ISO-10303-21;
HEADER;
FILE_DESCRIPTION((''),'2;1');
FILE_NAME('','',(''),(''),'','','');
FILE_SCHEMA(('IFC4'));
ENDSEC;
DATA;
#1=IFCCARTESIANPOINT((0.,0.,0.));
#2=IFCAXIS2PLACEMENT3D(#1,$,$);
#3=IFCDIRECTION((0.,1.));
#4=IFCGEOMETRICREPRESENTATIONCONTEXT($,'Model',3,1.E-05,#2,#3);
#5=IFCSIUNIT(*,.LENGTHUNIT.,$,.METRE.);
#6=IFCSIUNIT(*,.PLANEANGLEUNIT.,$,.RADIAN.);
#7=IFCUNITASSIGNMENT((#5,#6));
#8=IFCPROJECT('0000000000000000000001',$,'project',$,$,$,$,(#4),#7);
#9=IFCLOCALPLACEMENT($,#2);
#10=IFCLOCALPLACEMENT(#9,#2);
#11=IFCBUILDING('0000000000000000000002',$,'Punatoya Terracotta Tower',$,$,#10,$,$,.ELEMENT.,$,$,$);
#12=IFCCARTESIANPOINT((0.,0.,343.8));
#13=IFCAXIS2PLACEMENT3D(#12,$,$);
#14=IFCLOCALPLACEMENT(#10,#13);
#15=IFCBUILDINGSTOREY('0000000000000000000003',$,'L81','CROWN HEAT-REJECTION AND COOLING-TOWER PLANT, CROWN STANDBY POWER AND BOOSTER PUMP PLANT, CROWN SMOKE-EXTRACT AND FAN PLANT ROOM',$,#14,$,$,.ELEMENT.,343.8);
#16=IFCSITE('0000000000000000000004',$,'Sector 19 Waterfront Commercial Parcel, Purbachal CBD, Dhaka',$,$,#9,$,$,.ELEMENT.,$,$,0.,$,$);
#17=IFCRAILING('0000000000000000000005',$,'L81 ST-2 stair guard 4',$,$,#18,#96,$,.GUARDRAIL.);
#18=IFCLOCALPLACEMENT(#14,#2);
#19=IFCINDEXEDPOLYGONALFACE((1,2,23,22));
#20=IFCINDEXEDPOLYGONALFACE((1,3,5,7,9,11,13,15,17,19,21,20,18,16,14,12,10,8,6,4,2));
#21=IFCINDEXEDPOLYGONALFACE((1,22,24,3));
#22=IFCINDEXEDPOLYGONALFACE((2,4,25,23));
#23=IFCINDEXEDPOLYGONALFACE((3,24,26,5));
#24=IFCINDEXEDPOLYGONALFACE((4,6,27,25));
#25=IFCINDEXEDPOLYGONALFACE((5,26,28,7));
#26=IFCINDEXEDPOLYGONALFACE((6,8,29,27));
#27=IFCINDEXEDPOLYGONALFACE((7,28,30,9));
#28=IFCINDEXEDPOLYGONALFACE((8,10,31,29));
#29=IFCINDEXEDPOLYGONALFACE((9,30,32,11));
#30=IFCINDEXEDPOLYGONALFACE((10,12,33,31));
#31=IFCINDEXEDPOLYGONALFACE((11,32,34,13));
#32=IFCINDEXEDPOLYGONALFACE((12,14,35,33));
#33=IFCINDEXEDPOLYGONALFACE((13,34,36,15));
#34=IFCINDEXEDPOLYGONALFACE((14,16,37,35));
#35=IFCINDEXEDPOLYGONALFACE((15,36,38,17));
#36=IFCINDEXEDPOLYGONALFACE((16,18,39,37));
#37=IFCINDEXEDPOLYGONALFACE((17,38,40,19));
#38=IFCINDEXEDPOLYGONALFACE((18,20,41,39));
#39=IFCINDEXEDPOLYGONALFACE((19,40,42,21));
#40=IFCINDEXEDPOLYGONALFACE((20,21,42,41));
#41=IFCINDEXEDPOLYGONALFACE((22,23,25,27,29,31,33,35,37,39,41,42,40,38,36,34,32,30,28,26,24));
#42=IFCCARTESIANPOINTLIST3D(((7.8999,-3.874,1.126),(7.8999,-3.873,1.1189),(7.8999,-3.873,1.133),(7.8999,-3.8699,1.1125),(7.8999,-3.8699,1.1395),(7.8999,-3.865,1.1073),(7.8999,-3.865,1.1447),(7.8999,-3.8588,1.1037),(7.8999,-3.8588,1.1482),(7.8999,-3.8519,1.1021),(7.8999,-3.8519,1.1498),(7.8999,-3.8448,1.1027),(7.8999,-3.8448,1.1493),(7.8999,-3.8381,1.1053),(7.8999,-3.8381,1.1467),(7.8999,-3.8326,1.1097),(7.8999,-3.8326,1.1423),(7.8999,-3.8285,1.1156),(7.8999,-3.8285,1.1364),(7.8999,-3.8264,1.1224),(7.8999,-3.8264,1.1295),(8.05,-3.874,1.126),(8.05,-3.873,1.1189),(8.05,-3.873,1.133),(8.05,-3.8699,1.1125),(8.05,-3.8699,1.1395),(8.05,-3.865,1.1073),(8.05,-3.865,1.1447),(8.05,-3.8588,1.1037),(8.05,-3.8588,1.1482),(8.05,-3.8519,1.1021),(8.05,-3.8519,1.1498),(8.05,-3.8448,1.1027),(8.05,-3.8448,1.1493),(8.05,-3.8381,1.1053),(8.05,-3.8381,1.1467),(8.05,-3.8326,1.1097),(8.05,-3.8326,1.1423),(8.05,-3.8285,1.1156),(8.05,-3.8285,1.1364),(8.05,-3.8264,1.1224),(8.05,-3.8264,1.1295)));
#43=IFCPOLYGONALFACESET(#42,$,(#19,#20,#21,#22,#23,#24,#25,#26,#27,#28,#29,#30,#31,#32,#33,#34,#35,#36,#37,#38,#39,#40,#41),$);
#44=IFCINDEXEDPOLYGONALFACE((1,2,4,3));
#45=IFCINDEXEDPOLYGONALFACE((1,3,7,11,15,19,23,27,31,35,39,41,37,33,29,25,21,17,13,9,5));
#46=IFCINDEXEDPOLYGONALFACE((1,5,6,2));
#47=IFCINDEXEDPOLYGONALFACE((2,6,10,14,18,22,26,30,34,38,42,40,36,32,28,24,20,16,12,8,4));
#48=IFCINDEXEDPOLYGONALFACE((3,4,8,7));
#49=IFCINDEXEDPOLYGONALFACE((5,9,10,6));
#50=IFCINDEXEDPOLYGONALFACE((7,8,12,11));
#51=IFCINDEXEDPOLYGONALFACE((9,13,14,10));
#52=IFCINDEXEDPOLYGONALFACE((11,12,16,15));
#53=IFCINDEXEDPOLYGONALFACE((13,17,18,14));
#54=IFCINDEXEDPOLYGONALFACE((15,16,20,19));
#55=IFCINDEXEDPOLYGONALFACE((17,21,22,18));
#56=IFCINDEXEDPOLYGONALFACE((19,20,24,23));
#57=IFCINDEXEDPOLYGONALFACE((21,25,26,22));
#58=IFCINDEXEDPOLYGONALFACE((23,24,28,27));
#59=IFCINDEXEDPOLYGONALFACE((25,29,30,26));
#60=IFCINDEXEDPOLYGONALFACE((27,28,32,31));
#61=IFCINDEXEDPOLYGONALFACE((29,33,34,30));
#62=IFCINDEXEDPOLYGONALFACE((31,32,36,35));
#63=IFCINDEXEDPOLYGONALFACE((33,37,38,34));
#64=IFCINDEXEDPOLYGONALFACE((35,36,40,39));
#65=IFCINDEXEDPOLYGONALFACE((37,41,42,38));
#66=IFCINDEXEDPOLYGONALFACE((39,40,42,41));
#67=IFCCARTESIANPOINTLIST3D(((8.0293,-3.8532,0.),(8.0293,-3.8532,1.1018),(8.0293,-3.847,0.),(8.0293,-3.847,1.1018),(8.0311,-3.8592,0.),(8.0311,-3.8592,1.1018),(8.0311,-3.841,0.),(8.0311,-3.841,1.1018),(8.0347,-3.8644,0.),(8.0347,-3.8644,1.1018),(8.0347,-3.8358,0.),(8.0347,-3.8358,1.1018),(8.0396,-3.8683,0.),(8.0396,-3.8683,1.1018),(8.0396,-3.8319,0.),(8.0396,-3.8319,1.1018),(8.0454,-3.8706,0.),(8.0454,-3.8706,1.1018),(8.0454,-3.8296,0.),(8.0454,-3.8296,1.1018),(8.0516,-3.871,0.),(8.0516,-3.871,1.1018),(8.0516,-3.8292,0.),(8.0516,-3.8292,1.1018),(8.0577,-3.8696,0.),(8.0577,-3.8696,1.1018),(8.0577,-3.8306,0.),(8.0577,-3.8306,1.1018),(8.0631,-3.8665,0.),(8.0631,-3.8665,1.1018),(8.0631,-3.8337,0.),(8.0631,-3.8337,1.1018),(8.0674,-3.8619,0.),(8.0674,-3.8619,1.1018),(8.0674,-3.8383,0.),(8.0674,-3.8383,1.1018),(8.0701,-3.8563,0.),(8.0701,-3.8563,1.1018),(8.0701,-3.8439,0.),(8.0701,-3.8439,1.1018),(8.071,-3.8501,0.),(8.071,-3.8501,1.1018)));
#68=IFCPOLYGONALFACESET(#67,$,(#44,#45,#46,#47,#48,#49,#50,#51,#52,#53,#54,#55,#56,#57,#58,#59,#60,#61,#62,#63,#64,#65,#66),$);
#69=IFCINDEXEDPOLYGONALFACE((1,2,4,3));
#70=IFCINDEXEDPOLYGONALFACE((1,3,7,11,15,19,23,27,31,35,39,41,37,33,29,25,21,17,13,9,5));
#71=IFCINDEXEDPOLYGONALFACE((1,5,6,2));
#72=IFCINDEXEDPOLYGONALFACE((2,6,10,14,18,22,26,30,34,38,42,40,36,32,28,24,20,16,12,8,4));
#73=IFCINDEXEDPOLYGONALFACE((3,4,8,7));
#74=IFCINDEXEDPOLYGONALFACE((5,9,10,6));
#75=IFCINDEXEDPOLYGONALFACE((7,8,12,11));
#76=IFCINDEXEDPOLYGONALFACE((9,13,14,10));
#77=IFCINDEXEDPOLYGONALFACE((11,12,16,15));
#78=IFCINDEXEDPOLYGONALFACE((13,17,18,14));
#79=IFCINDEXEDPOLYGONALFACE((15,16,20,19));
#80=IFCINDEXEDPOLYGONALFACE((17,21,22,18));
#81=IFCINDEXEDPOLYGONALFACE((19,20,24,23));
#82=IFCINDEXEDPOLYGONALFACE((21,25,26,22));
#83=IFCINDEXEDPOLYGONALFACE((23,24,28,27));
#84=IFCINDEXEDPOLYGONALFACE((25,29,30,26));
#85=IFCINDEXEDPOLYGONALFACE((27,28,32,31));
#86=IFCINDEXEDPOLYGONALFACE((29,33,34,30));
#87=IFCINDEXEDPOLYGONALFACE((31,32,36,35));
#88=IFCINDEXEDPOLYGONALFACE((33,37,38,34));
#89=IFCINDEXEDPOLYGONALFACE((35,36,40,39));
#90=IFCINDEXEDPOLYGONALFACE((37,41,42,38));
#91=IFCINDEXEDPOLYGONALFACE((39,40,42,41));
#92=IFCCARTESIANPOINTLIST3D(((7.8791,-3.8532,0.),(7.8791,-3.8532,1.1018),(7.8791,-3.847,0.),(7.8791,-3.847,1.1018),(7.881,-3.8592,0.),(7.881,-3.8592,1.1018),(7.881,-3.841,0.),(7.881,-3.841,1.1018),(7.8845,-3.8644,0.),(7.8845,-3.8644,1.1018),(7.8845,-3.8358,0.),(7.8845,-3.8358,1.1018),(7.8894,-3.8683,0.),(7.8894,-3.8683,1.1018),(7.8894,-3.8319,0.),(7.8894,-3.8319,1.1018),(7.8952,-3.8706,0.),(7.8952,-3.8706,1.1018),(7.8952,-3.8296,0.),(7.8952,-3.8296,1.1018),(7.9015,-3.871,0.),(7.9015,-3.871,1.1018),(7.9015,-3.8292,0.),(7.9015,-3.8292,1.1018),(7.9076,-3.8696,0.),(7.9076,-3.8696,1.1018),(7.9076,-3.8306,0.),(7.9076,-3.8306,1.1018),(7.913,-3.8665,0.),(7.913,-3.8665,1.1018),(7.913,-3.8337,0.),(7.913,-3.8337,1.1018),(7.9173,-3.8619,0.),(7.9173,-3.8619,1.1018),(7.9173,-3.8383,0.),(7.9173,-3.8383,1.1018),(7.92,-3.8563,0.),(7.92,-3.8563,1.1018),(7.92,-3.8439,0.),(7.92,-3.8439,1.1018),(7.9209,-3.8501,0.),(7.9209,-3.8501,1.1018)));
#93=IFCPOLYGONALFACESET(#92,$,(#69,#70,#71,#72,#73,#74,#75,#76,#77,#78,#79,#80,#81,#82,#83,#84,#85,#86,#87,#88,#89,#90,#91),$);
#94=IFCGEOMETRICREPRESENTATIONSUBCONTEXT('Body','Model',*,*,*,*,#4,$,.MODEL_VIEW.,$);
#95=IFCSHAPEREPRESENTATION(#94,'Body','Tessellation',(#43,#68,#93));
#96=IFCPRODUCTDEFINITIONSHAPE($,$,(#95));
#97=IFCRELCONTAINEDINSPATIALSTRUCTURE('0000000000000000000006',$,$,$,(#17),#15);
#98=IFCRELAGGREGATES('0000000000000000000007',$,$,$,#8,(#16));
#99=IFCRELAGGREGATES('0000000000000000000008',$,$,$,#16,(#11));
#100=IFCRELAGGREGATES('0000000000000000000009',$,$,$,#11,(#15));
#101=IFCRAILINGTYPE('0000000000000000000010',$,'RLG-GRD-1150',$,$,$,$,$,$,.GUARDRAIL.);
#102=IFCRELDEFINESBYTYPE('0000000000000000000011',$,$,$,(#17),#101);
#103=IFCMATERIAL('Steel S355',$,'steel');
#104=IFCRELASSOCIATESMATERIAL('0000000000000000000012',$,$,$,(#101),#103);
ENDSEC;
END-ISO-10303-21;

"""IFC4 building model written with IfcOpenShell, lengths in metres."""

from ifc_helpers import new_model, si_unit, direction, frame, origin, origin_2d, place, context, subcontext, project, spatial, circle, extrude, material, type_object, element, save


model = new_model("IFC4")

# Units and contexts
model_context = context("Model", 3, precision=1e-05, world=origin(), true_north=direction((0.0, 1.0)))
body_context = subcontext(model_context, "Body", "Model", "MODEL_VIEW")
ifc_project = project(units=[si_unit("LENGTHUNIT", "METRE"), si_unit("PLANEANGLEUNIT", "RADIAN")], contexts=[model_context])

# Site, building, storey
site_placement = place(None, origin())
site = spatial("IfcSite", under=ifc_project, at=site_placement, Name="Sector 19 Waterfront Commercial Parcel, Purbachal CBD, Dhaka", CompositionType="ELEMENT", RefElevation=0.0)
building_placement = place(site_placement, origin())
building = spatial("IfcBuilding", under=site, at=building_placement, Name="Punatoya Terracotta Tower", CompositionType="ELEMENT")
storey_placement = place(building_placement, frame((0.0, 0.0, 343.8)))
storey = spatial("IfcBuildingStorey", under=building, at=storey_placement, Name="L81", Description="CROWN HEAT-REJECTION AND COOLING-TOWER PLANT, CROWN STANDBY POWER AND BOOSTER PUMP PLANT, CROWN SMOKE-EXTRACT AND FAN PLANT ROOM", CompositionType="ELEMENT", Elevation=343.8)

# Railing
ifc_material_1 = material(Name="Steel S355", Category="steel")
railing_type_1 = type_object("IfcRailingType", Name="RLG-GRD-1150", PredefinedType="GUARDRAIL", material=ifc_material_1)
railing_1_placement = place(storey_placement, frame((8.05, -3.8501, 0.0)))
element("IfcRailing", 1, at=railing_1_placement, inside=storey, type_object=railing_type_1, Name="L81 ST-2 stair guard 4", PredefinedType="GUARDRAIL", context=body_context, shape_type="SweptSolid", body=[
    extrude(circle(Radius=0.0239, at=origin_2d()), frame((0.0, 0.0, 1.126), z_axis=(-1.0, 0.0, 0.0), x_axis=(0.0, -1.0, 0.0)), (0.0, 0.0, 1.0), 0.1501),
    extrude(circle(Radius=0.021, at=origin_2d()), origin(), (0.0, 0.0, 1.0), 1.1018),
    extrude(circle(Radius=0.021, at=origin_2d()), frame((-0.1501, 0.0, 0.0)), (0.0, 0.0, 1.0), 1.1018),
])

save(model, "model.ifc")
